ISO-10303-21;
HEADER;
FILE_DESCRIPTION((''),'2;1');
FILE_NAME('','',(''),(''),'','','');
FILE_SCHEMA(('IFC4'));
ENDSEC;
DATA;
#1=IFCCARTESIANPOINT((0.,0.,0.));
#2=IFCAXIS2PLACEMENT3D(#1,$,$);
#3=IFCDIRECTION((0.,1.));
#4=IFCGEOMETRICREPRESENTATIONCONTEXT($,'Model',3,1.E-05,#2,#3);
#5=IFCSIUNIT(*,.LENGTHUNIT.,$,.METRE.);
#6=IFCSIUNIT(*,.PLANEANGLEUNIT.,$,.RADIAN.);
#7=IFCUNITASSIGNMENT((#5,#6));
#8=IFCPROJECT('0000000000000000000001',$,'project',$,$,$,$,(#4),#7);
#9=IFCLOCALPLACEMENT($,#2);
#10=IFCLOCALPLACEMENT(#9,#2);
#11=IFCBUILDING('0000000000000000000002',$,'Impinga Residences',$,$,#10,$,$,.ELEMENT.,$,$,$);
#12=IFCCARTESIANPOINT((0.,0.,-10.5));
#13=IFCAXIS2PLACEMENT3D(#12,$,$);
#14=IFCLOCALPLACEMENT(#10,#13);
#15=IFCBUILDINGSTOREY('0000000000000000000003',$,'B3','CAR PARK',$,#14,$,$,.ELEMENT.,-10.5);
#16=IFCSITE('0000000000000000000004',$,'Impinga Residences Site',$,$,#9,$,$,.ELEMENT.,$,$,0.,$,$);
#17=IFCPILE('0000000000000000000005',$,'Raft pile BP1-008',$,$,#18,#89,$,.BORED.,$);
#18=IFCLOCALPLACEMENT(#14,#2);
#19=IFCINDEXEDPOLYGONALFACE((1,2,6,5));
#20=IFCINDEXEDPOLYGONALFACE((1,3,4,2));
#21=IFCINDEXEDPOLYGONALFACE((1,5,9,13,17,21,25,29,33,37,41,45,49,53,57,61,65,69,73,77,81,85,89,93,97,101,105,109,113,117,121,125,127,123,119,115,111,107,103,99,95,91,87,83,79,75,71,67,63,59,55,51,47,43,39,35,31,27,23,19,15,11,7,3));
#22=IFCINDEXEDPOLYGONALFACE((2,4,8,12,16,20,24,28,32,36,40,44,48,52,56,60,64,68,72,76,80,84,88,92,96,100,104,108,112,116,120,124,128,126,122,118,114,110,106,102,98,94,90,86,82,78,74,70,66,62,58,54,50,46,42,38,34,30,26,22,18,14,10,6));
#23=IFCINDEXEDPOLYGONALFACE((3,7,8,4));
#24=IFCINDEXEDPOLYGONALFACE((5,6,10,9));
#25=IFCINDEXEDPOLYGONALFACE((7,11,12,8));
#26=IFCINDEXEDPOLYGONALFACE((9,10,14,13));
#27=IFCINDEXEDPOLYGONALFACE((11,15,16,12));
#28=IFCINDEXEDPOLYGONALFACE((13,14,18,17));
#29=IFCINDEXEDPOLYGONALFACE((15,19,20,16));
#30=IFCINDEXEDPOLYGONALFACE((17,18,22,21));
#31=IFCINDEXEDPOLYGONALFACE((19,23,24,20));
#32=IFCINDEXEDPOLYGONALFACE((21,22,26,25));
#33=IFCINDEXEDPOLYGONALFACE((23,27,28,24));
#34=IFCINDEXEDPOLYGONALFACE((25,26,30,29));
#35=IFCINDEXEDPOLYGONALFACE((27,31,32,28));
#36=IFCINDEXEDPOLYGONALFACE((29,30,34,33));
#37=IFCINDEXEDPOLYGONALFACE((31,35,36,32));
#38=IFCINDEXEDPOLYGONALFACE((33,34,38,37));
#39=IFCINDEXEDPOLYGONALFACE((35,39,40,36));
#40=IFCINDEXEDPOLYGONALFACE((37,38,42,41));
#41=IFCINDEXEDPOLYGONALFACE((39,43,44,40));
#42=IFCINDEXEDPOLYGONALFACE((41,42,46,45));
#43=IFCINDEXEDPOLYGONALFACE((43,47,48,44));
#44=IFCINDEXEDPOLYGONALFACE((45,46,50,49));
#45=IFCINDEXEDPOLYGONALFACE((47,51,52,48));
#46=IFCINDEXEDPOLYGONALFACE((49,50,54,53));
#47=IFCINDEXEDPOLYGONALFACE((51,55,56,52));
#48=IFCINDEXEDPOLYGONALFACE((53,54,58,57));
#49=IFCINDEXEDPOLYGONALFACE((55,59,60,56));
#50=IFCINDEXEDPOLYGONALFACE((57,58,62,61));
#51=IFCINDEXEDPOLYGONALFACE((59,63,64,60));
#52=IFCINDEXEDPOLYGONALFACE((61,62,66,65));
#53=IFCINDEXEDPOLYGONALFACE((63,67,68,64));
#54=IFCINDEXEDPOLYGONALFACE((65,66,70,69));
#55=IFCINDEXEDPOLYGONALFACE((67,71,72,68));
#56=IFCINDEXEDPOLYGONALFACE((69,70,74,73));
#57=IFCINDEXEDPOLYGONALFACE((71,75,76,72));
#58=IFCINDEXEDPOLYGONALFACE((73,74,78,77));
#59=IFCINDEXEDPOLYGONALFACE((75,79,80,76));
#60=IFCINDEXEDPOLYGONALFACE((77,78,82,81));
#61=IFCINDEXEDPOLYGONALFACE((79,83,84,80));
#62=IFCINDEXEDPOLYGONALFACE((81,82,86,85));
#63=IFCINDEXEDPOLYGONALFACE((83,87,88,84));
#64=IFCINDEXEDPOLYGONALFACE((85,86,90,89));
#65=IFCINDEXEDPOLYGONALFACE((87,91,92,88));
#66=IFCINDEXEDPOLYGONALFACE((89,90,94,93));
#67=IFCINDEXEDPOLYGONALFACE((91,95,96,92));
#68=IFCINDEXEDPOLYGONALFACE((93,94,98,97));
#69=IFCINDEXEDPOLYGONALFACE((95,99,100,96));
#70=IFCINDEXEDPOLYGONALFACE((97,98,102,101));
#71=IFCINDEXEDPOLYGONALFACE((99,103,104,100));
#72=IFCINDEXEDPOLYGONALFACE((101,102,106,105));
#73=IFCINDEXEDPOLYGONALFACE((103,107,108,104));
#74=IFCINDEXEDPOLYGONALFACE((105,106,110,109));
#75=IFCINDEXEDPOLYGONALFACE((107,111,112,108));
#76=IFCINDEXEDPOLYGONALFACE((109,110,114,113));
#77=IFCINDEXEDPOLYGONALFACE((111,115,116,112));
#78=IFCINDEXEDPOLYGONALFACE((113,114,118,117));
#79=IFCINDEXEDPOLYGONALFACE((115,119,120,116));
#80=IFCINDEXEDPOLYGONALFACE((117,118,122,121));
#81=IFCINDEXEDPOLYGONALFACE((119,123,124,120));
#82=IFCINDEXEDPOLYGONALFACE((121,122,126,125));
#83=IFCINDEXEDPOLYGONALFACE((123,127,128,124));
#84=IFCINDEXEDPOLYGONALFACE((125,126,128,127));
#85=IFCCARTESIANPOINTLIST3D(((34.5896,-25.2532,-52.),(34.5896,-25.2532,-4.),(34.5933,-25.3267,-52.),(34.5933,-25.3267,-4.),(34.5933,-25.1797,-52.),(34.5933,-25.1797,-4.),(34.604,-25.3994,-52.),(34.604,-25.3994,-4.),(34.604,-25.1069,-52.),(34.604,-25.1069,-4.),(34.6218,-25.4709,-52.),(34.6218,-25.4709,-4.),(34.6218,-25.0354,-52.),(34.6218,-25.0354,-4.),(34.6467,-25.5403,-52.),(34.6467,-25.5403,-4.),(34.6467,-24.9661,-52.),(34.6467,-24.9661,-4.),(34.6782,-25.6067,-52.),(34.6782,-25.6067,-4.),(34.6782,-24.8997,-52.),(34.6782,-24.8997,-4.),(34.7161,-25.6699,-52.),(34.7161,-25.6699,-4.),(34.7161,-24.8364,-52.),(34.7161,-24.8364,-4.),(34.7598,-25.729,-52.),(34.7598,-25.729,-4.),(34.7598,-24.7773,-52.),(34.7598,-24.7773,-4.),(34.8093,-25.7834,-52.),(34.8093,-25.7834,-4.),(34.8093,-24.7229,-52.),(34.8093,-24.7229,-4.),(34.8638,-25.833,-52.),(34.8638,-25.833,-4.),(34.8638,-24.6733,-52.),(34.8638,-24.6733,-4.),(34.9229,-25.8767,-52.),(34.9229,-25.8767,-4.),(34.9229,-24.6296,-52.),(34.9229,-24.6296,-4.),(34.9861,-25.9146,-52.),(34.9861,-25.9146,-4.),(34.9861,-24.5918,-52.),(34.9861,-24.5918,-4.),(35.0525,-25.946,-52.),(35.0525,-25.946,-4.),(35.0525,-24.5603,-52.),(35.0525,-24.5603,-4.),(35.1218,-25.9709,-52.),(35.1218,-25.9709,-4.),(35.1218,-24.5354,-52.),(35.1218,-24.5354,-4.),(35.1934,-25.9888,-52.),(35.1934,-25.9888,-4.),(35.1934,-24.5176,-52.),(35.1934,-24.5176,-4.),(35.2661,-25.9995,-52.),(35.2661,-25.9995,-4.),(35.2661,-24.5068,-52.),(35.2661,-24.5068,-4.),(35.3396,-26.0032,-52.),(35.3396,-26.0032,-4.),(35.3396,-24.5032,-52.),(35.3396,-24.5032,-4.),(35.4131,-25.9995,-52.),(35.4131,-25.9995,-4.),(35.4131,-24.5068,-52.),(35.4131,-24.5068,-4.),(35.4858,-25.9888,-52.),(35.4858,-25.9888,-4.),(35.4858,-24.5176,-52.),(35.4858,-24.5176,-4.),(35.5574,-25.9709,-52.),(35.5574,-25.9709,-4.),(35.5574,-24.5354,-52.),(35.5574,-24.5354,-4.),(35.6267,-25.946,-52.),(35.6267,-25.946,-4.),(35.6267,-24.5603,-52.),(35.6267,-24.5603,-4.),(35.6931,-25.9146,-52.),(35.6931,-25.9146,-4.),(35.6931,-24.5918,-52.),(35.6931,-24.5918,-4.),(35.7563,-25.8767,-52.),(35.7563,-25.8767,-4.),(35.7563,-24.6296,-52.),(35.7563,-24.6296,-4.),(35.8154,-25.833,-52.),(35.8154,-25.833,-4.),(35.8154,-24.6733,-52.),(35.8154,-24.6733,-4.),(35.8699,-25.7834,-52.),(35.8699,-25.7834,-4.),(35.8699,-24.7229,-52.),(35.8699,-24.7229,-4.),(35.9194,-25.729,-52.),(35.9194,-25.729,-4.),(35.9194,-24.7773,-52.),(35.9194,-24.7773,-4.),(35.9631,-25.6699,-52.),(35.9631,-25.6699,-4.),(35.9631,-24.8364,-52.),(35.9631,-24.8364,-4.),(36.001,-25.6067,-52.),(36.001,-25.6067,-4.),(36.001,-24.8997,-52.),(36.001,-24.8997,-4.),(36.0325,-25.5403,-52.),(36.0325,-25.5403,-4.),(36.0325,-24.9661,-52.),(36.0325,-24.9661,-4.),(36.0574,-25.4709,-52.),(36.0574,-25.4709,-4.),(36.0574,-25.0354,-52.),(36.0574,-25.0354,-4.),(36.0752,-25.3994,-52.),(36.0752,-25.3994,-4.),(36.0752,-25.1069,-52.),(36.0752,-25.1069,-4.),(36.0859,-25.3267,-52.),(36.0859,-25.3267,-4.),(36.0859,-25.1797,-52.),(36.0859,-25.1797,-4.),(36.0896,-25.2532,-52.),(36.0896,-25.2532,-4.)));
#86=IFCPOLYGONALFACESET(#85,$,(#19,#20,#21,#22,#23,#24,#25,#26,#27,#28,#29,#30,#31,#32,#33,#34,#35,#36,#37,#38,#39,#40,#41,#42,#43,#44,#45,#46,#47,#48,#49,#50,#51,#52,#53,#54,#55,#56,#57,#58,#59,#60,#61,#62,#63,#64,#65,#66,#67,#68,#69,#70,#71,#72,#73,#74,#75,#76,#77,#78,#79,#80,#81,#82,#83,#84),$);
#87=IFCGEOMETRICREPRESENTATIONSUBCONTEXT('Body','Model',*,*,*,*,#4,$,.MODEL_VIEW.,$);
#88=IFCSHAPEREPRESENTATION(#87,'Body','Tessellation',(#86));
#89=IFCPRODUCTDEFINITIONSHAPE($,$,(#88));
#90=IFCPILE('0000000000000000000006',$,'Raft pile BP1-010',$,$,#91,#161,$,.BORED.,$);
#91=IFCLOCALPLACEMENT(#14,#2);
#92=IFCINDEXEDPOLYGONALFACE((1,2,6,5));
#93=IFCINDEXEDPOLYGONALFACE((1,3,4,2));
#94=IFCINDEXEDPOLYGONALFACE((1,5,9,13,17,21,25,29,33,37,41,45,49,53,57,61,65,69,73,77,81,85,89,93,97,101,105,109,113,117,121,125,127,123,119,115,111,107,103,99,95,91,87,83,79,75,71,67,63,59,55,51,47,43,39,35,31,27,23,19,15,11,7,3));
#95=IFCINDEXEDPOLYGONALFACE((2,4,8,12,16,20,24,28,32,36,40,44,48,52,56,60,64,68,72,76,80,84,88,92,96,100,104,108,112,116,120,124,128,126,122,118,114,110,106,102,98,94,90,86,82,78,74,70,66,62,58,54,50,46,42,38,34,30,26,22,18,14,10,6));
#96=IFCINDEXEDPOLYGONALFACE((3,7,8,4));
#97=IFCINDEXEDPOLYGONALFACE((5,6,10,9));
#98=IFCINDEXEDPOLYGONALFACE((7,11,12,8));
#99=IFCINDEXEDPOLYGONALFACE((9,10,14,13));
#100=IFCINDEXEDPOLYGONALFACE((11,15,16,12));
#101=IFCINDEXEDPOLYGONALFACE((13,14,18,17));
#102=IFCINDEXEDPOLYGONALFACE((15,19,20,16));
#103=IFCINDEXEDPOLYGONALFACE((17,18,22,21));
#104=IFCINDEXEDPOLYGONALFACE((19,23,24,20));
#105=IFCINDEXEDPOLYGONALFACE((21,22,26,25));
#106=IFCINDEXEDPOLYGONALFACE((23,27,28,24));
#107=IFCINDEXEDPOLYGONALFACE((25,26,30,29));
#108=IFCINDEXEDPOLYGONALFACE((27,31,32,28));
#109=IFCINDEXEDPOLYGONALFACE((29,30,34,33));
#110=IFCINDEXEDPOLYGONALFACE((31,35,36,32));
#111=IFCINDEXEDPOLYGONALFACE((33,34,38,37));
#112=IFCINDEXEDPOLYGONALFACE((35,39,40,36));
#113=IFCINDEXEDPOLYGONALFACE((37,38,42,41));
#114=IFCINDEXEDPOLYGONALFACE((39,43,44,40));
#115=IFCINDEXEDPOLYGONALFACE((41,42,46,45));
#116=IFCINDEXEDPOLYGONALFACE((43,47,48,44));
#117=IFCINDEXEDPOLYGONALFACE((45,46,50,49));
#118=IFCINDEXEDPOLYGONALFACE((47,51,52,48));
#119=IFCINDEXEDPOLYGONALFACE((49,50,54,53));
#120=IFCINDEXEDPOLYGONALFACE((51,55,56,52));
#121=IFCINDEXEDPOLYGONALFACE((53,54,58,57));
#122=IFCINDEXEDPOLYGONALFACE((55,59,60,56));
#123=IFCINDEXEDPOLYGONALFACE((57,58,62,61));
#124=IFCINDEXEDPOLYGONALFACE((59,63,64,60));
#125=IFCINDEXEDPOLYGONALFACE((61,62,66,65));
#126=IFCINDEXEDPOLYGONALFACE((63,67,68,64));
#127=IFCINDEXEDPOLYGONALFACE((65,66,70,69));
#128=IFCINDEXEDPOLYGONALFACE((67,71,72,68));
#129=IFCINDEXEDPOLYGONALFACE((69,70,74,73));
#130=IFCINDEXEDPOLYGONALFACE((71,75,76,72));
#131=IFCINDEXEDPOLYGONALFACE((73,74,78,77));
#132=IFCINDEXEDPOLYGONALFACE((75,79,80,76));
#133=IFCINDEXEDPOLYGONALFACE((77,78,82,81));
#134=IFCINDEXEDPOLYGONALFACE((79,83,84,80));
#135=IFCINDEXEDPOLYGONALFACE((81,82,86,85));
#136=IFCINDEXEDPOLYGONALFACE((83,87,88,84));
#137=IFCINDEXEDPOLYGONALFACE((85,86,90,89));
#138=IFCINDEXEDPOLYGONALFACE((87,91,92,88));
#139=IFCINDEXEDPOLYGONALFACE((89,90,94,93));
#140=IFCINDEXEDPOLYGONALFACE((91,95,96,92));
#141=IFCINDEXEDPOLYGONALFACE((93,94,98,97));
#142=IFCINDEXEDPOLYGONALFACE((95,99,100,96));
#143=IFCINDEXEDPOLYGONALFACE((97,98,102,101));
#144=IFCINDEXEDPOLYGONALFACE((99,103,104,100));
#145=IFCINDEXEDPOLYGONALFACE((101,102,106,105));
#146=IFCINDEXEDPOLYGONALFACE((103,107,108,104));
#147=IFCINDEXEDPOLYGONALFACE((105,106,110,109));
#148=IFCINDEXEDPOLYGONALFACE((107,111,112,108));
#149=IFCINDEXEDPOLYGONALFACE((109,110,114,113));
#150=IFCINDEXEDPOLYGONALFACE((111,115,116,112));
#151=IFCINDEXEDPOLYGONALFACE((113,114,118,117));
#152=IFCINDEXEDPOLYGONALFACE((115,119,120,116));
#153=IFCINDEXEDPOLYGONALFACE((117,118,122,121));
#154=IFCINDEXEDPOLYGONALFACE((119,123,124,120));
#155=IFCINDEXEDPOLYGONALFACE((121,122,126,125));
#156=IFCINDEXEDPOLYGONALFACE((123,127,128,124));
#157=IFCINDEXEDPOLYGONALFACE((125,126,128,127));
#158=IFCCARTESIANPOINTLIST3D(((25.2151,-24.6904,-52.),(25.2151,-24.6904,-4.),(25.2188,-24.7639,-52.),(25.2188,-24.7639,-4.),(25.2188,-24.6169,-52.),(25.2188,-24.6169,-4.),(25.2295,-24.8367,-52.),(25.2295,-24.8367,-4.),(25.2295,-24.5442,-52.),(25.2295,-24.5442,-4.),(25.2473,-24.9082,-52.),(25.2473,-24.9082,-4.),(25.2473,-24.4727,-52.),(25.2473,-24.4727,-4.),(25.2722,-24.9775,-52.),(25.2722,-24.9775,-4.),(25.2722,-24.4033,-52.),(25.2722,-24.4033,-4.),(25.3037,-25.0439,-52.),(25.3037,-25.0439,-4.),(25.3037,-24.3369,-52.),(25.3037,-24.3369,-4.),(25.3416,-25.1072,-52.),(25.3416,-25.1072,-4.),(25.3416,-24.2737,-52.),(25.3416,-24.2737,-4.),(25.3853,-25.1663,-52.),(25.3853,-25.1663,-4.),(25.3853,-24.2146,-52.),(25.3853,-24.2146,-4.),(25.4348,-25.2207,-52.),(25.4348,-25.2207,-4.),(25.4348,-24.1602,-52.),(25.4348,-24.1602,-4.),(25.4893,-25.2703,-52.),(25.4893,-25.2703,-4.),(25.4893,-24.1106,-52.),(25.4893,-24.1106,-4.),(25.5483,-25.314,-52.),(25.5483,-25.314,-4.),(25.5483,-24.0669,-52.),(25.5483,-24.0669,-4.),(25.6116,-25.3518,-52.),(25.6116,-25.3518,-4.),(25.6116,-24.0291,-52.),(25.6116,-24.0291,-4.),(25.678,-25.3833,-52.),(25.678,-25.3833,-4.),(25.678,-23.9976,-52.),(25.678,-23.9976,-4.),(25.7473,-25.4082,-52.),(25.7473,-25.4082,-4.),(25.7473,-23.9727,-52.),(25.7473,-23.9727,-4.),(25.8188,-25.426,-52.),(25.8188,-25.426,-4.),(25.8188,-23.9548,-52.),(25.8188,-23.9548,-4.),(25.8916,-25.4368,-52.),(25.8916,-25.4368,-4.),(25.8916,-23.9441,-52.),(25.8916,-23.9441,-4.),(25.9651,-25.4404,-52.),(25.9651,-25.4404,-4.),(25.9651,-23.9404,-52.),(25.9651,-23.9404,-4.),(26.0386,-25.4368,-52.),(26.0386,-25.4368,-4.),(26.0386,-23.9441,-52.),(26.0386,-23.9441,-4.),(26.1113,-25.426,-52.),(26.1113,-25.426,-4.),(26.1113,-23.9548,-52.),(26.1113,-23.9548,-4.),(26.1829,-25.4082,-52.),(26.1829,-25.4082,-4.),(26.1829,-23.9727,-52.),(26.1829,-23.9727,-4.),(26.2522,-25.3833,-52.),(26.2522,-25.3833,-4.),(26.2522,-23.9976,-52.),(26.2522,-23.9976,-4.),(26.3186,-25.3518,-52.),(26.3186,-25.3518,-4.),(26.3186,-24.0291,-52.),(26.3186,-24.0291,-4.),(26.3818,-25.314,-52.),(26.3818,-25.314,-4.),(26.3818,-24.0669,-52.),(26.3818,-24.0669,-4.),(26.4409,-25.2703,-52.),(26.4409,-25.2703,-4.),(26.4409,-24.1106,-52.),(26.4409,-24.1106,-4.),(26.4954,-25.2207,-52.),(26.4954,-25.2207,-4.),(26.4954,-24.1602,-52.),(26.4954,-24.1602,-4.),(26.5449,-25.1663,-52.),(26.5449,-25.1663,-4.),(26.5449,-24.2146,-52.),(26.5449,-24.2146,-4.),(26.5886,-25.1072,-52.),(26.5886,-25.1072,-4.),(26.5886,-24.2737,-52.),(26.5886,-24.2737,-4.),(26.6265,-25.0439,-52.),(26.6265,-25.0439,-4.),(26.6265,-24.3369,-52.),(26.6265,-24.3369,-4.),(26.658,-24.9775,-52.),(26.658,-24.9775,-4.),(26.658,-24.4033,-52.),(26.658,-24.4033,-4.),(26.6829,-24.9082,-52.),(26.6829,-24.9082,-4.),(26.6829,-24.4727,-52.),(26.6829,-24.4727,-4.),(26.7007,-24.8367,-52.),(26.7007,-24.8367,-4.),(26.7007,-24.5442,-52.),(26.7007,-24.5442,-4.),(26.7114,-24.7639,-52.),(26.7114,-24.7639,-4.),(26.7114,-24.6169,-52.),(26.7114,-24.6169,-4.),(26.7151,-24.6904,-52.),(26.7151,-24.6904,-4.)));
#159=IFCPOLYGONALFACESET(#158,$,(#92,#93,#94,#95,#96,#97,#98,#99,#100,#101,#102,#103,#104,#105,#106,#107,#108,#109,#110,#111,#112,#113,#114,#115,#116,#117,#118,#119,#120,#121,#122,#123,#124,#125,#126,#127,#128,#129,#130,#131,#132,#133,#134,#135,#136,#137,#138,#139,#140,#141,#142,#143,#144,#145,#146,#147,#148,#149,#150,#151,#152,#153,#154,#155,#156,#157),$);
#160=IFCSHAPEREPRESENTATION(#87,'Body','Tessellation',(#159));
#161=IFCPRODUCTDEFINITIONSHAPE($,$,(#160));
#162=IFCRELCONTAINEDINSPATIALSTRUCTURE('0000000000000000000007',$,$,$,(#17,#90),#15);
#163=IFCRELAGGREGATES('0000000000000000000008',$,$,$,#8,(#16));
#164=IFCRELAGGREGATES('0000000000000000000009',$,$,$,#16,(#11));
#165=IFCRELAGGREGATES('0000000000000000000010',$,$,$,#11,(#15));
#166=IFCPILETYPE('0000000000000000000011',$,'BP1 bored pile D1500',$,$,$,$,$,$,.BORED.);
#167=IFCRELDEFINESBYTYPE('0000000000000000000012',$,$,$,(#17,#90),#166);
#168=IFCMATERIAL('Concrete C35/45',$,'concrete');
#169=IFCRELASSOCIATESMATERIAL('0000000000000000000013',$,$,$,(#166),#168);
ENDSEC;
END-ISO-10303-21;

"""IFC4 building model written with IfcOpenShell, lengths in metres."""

from ifc_helpers import new_model, si_unit, direction, frame, origin, origin_2d, place, context, subcontext, project, spatial, polyline, circle, outline, extrude, material, material_profile, profile_set, type_object, element, save


model = new_model("IFC4")

# Units and contexts
model_context = context("Model", 3, precision=1e-05, world=origin(), true_north=direction((0.0, 1.0)))
body_context = subcontext(model_context, "Body", "Model", "MODEL_VIEW")
ifc_project = project(units=[si_unit("LENGTHUNIT", "METRE"), si_unit("PLANEANGLEUNIT", "RADIAN")], contexts=[model_context])

# Site, building, storey
site_placement = place(None, origin())
site = spatial("IfcSite", under=ifc_project, at=site_placement, Name="Impinga Residences Site", CompositionType="ELEMENT", RefElevation=0.0)
building_placement = place(site_placement, origin())
building = spatial("IfcBuilding", under=site, at=building_placement, Name="Impinga Residences", CompositionType="ELEMENT")
storey_placement = place(building_placement, frame((0.0, 0.0, -10.5)))
storey = spatial("IfcBuildingStorey", under=building, at=storey_placement, Name="B3", Description="CAR PARK", CompositionType="ELEMENT", Elevation=-10.5)

# Piles
ifc_material_1 = material(Name="Concrete C35/45", Category="concrete")
ifc_material_profile_1 = material_profile(ifc_material_1, circle(Radius=0.75, at=origin_2d()), Name="D1500")
ifc_profile_set_1 = profile_set([ifc_material_profile_1], Name="Concrete C35/45")
pile_type_1 = type_object("IfcPileType", Name="BP1 bored pile D1500", PredefinedType="BORED", material=ifc_profile_set_1)
pile_1_placement = place(storey_placement, frame((35.3396, -25.2532, -4.0), z_axis=(0.0, 0.0, -1.0), x_axis=(1.0, 0.0, 0.0)))
element("IfcPile", 1, at=pile_1_placement, inside=storey, type_object=pile_type_1, Name="Raft pile BP1-008", PredefinedType="BORED", context=body_context, shape_type="SweptSolid", body=[
    extrude(outline(polyline([(0.75, 0.0), (0.7463, 0.0735), (0.7356, 0.1462), (0.7178, 0.2178), (0.6929, 0.2871), (0.6614, 0.3535), (0.6235, 0.4167), (0.5798, 0.4758), (0.5303, 0.5303), (0.4758, 0.5798), (0.4167, 0.6235), (0.3535, 0.6614), (0.2871, 0.6929), (0.2178, 0.7178), (0.1462, 0.7356), (0.0735, 0.7463), (0.0, 0.75), (-0.0735, 0.7463), (-0.1462, 0.7356), (-0.2178, 0.7178), (-0.2871, 0.6929), (-0.3535, 0.6614), (-0.4167, 0.6235), (-0.4758, 0.5798), (-0.5303, 0.5303), (-0.5798, 0.4758), (-0.6235, 0.4167), (-0.6614, 0.3535), (-0.6929, 0.2871), (-0.7178, 0.2178), (-0.7356, 0.1462), (-0.7463, 0.0735), (-0.75, 0.0), (-0.7463, -0.0735), (-0.7356, -0.1462), (-0.7178, -0.2178), (-0.6929, -0.2871), (-0.6614, -0.3535), (-0.6235, -0.4167), (-0.5798, -0.4758), (-0.5303, -0.5303), (-0.4758, -0.5798), (-0.4167, -0.6235), (-0.3535, -0.6614), (-0.2871, -0.6929), (-0.2178, -0.7178), (-0.1462, -0.7356), (-0.0735, -0.7463), (0.0, -0.75), (0.0735, -0.7463), (0.1462, -0.7356), (0.2178, -0.7178), (0.2871, -0.6929), (0.3535, -0.6614), (0.4167, -0.6235), (0.4758, -0.5798), (0.5303, -0.5303), (0.5798, -0.4758), (0.6235, -0.4167), (0.6614, -0.3535), (0.6929, -0.2871), (0.7178, -0.2178), (0.7356, -0.1462), (0.7463, -0.0735), (0.75, 0.0)])), origin(), (0.0, 0.0, 1.0), 48.0),
])
pile_2_placement = place(storey_placement, frame((25.9651, -24.6904, -4.0), z_axis=(0.0, 0.0, -1.0), x_axis=(1.0, 0.0, 0.0)))
element("IfcPile", 2, at=pile_2_placement, inside=storey, type_object=pile_type_1, Name="Raft pile BP1-010", PredefinedType="BORED", context=body_context, shape_type="SweptSolid", body=[
    extrude(outline(polyline([(0.75, 0.0), (0.7463, 0.0735), (0.7356, 0.1462), (0.7178, 0.2178), (0.6929, 0.2871), (0.6614, 0.3535), (0.6235, 0.4167), (0.5798, 0.4758), (0.5303, 0.5303), (0.4758, 0.5798), (0.4167, 0.6235), (0.3535, 0.6614), (0.2871, 0.6929), (0.2178, 0.7178), (0.1462, 0.7356), (0.0735, 0.7463), (0.0, 0.75), (-0.0735, 0.7463), (-0.1462, 0.7356), (-0.2178, 0.7178), (-0.2871, 0.6929), (-0.3535, 0.6614), (-0.4167, 0.6235), (-0.4758, 0.5798), (-0.5303, 0.5303), (-0.5798, 0.4758), (-0.6235, 0.4167), (-0.6614, 0.3535), (-0.6929, 0.2871), (-0.7178, 0.2178), (-0.7356, 0.1462), (-0.7463, 0.0735), (-0.75, 0.0), (-0.7463, -0.0735), (-0.7356, -0.1462), (-0.7178, -0.2178), (-0.6929, -0.2871), (-0.6614, -0.3535), (-0.6235, -0.4167), (-0.5798, -0.4758), (-0.5303, -0.5303), (-0.4758, -0.5798), (-0.4167, -0.6235), (-0.3535, -0.6614), (-0.2871, -0.6929), (-0.2178, -0.7178), (-0.1462, -0.7356), (-0.0735, -0.7463), (0.0, -0.75), (0.0735, -0.7463), (0.1462, -0.7356), (0.2178, -0.7178), (0.2871, -0.6929), (0.3535, -0.6614), (0.4167, -0.6235), (0.4758, -0.5798), (0.5303, -0.5303), (0.5798, -0.4758), (0.6235, -0.4167), (0.6614, -0.3535), (0.6929, -0.2871), (0.7178, -0.2178), (0.7356, -0.1462), (0.7463, -0.0735), (0.75, 0.0)])), origin(), (0.0, 0.0, 1.0), 48.0),
])

save(model, "model.ifc")
